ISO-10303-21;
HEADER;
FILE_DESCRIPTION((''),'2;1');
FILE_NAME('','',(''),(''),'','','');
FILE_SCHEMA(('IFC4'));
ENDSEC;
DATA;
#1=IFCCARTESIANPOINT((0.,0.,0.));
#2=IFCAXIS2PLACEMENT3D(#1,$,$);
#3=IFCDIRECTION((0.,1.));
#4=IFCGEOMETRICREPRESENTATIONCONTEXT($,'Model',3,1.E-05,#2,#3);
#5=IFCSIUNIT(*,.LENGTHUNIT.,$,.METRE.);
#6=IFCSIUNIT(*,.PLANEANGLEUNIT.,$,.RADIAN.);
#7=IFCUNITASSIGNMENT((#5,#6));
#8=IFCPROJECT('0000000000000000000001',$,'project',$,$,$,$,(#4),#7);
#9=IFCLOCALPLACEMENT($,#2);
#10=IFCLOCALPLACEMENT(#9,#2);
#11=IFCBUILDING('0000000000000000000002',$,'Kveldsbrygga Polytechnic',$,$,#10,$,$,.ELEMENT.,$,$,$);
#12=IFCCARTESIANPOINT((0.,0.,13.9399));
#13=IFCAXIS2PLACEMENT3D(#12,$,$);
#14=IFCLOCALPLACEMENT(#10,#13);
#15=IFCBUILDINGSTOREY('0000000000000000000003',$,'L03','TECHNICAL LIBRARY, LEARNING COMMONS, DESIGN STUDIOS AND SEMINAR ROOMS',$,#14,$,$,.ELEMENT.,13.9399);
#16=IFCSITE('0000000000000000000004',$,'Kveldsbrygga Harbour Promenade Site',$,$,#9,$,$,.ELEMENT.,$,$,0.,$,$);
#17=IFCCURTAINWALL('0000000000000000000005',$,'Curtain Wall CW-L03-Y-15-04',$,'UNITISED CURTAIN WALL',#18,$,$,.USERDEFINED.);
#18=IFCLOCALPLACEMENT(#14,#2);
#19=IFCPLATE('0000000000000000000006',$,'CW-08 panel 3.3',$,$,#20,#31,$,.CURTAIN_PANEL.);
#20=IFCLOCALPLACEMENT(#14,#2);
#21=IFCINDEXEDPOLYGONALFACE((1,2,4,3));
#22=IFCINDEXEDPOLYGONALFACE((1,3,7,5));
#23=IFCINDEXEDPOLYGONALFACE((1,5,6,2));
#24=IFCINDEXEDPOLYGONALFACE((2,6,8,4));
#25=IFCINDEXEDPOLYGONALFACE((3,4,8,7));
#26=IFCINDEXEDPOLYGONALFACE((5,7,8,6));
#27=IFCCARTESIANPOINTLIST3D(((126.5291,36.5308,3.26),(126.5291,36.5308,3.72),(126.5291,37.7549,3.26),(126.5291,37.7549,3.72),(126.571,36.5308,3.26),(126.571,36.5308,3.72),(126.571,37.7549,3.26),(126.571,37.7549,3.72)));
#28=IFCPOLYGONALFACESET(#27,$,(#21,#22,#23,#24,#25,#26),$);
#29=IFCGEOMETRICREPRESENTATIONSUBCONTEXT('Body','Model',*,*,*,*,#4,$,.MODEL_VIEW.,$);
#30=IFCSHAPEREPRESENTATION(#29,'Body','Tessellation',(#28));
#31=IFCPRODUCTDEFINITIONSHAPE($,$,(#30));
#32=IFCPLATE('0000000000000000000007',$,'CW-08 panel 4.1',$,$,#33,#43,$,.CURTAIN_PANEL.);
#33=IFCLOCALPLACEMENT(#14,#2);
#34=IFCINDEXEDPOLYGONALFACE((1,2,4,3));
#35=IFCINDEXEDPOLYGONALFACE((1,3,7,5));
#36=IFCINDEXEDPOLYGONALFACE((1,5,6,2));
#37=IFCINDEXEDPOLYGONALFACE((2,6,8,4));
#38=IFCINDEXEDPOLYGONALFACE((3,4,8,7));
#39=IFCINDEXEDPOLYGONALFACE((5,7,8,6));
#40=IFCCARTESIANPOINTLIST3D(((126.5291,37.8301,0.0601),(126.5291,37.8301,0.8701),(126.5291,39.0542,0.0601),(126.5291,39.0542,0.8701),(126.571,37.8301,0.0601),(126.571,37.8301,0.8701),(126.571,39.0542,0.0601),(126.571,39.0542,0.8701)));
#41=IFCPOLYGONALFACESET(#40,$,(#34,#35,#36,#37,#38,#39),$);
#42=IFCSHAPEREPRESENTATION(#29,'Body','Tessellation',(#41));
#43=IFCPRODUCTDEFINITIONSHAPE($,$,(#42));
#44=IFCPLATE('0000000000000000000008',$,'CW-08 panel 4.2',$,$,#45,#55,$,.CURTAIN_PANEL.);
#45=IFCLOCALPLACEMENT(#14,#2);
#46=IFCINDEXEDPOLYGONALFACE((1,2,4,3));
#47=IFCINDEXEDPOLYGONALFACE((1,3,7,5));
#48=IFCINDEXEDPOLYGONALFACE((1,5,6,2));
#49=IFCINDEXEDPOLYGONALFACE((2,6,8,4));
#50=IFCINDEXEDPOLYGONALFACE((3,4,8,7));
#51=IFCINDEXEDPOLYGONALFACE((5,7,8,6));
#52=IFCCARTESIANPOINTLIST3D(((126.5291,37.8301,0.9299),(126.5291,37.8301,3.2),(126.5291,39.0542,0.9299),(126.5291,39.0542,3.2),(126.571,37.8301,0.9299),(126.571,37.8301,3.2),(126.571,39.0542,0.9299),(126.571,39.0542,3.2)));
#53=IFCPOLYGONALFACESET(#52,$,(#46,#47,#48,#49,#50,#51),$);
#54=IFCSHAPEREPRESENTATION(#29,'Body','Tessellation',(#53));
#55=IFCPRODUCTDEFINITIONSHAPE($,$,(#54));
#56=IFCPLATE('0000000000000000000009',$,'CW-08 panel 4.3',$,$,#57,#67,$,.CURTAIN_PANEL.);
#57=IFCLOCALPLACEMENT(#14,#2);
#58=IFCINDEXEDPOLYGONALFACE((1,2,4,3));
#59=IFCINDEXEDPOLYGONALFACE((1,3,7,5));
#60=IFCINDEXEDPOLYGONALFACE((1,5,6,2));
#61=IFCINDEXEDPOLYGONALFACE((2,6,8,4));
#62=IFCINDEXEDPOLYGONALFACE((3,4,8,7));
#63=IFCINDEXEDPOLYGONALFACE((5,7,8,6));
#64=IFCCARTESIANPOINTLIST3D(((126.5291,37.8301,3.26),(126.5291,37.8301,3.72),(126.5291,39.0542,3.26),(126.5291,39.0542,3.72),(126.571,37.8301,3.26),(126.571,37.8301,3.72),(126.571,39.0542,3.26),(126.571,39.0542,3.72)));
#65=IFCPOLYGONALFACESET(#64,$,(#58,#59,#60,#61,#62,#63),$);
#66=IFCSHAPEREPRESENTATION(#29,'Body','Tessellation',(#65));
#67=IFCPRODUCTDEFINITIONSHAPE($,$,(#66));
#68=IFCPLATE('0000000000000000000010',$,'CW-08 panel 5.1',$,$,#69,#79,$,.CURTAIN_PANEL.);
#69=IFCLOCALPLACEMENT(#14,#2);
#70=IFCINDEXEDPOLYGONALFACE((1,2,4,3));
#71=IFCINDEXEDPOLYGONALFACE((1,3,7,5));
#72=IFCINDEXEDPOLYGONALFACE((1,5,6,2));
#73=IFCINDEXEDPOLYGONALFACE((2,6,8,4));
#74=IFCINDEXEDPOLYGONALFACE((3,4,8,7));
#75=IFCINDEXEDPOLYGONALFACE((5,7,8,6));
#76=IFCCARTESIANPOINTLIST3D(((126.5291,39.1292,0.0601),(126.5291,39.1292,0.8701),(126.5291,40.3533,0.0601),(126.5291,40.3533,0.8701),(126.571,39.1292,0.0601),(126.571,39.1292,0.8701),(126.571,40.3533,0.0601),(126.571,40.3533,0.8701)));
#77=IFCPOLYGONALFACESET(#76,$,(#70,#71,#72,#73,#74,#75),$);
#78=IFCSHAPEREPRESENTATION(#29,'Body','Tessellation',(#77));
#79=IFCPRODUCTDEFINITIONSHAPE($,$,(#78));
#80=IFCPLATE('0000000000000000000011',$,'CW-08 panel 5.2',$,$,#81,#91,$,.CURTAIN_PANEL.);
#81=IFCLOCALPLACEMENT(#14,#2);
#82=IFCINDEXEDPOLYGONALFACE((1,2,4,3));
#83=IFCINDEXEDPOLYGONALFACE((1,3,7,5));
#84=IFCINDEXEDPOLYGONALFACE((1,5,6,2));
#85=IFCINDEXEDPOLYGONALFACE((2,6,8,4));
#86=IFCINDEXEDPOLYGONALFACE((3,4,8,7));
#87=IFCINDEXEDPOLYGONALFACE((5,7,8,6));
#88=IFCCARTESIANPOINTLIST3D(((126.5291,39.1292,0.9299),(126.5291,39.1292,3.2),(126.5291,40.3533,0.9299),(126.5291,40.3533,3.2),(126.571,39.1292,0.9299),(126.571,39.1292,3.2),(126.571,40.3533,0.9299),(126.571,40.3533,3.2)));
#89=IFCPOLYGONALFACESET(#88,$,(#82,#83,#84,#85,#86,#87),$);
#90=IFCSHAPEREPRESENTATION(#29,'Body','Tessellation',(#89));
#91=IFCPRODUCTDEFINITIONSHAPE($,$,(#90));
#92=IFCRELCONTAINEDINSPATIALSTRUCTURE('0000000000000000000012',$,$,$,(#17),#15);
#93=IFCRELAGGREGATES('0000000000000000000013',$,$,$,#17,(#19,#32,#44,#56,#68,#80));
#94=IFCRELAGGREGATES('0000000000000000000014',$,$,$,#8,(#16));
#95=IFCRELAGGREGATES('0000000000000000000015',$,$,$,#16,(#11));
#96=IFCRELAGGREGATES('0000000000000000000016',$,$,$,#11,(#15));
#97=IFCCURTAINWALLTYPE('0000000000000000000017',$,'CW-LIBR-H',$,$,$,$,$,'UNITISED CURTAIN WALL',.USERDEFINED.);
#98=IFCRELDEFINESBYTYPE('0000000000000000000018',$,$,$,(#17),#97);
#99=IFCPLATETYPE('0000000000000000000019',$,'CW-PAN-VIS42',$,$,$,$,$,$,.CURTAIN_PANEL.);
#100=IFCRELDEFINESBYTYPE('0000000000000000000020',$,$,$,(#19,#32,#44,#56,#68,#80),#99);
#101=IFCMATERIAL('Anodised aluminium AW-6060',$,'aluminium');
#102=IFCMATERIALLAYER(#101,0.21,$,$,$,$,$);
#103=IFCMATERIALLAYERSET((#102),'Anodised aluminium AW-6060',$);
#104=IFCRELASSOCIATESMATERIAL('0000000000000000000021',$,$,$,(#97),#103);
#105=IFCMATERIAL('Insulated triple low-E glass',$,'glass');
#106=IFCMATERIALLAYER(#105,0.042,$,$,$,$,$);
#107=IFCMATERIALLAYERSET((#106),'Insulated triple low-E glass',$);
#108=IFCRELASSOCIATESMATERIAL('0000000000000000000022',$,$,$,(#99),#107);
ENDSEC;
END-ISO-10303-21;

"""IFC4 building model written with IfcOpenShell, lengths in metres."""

from ifc_helpers import new_model, si_unit, direction, frame, origin, origin_2d, place, context, subcontext, project, spatial, rectangle, extrude, material, layer, layer_set, type_object, element, aggregate, save


model = new_model("IFC4")

# Units and contexts
model_context = context("Model", 3, precision=1e-05, world=origin(), true_north=direction((0.0, 1.0)))
body_context = subcontext(model_context, "Body", "Model", "MODEL_VIEW")
ifc_project = project(units=[si_unit("LENGTHUNIT", "METRE"), si_unit("PLANEANGLEUNIT", "RADIAN")], contexts=[model_context])

# Site, building, storey
site_placement = place(None, origin())
site = spatial("IfcSite", under=ifc_project, at=site_placement, Name="Kveldsbrygga Harbour Promenade Site", CompositionType="ELEMENT", RefElevation=0.0)
building_placement = place(site_placement, origin())
building = spatial("IfcBuilding", under=site, at=building_placement, Name="Kveldsbrygga Polytechnic", CompositionType="ELEMENT")
storey_placement = place(building_placement, frame((0.0, 0.0, 13.9399)))
storey = spatial("IfcBuildingStorey", under=building, at=storey_placement, Name="L03", Description="TECHNICAL LIBRARY, LEARNING COMMONS, DESIGN STUDIOS AND SEMINAR ROOMS", CompositionType="ELEMENT", Elevation=13.9399)

# Curtain wall, plates
ifc_material_1 = material(Name="Anodised aluminium AW-6060", Category="aluminium")
ifc_layer_1 = layer(ifc_material_1, 0.21)
ifc_layer_set_1 = layer_set([ifc_layer_1], Name="Anodised aluminium AW-6060")
curtain_wall_type = type_object("IfcCurtainWallType", Name="CW-LIBR-H", ElementType="UNITISED CURTAIN WALL", PredefinedType="USERDEFINED", material=ifc_layer_set_1)
curtain_wall_placement = place(storey_placement, origin())
curtain_wall = element("IfcCurtainWall", 1, at=curtain_wall_placement, inside=storey, type_object=curtain_wall_type, Name="Curtain Wall CW-L03-Y-15-04", ObjectType="UNITISED CURTAIN WALL", PredefinedType="USERDEFINED")
ifc_material_2 = material(Name="Insulated triple low-E glass", Category="glass")
ifc_layer_2 = layer(ifc_material_2, 0.042)
ifc_layer_set_2 = layer_set([ifc_layer_2], Name="Insulated triple low-E glass")
plate_type = type_object("IfcPlateType", Name="CW-PAN-VIS42", PredefinedType="CURTAIN_PANEL", material=ifc_layer_set_2)
plate_1_placement = place(storey_placement, frame((126.55, 37.1428, 3.26), z_axis=(0.0, 0.0, 1.0), x_axis=(0.0, 1.0, 0.0)))
plate_1 = element("IfcPlate", 2, at=plate_1_placement, type_object=plate_type, Name="CW-08 panel 3.3", PredefinedType="CURTAIN_PANEL", context=body_context, shape_type="SweptSolid", body=[
    extrude(rectangle(XDim=1.2241, YDim=0.042, at=origin_2d()), origin(), (0.0, 0.0, 1.0), 0.46),
])
plate_2_placement = place(storey_placement, frame((126.55, 38.4421, 0.0601), z_axis=(0.0, 0.0, 1.0), x_axis=(0.0, 1.0, 0.0)))
plate_2 = element("IfcPlate", 3, at=plate_2_placement, type_object=plate_type, Name="CW-08 panel 4.1", PredefinedType="CURTAIN_PANEL", context=body_context, shape_type="SweptSolid", body=[
    extrude(rectangle(XDim=1.2241, YDim=0.042, at=origin_2d()), origin(), (0.0, 0.0, 1.0), 0.8101),
])
plate_3_placement = place(storey_placement, frame((126.55, 38.4421, 0.9299), z_axis=(0.0, 0.0, 1.0), x_axis=(0.0, 1.0, 0.0)))
plate_3 = element("IfcPlate", 4, at=plate_3_placement, type_object=plate_type, Name="CW-08 panel 4.2", PredefinedType="CURTAIN_PANEL", context=body_context, shape_type="SweptSolid", body=[
    extrude(rectangle(XDim=1.2241, YDim=0.042, at=origin_2d()), origin(), (0.0, 0.0, 1.0), 2.27),
])
plate_4_placement = place(storey_placement, frame((126.55, 38.4421, 3.26), z_axis=(0.0, 0.0, 1.0), x_axis=(0.0, 1.0, 0.0)))
plate_4 = element("IfcPlate", 5, at=plate_4_placement, type_object=plate_type, Name="CW-08 panel 4.3", PredefinedType="CURTAIN_PANEL", context=body_context, shape_type="SweptSolid", body=[
    extrude(rectangle(XDim=1.2241, YDim=0.042, at=origin_2d()), origin(), (0.0, 0.0, 1.0), 0.46),
])
plate_5_placement = place(storey_placement, frame((126.55, 39.7412, 0.0601), z_axis=(0.0, 0.0, 1.0), x_axis=(0.0, 1.0, 0.0)))
plate_5 = element("IfcPlate", 6, at=plate_5_placement, type_object=plate_type, Name="CW-08 panel 5.1", PredefinedType="CURTAIN_PANEL", context=body_context, shape_type="SweptSolid", body=[
    extrude(rectangle(XDim=1.2241, YDim=0.042, at=origin_2d()), origin(), (0.0, 0.0, 1.0), 0.8101),
])
plate_6_placement = place(storey_placement, frame((126.55, 39.7412, 0.9299), z_axis=(0.0, 0.0, 1.0), x_axis=(0.0, 1.0, 0.0)))
plate_6 = element("IfcPlate", 7, at=plate_6_placement, type_object=plate_type, Name="CW-08 panel 5.2", PredefinedType="CURTAIN_PANEL", context=body_context, shape_type="SweptSolid", body=[
    extrude(rectangle(XDim=1.2241, YDim=0.042, at=origin_2d()), origin(), (0.0, 0.0, 1.0), 2.27),
])
aggregate(curtain_wall, [plate_1, plate_2, plate_3, plate_4, plate_5, plate_6])

save(model, "model.ifc")
